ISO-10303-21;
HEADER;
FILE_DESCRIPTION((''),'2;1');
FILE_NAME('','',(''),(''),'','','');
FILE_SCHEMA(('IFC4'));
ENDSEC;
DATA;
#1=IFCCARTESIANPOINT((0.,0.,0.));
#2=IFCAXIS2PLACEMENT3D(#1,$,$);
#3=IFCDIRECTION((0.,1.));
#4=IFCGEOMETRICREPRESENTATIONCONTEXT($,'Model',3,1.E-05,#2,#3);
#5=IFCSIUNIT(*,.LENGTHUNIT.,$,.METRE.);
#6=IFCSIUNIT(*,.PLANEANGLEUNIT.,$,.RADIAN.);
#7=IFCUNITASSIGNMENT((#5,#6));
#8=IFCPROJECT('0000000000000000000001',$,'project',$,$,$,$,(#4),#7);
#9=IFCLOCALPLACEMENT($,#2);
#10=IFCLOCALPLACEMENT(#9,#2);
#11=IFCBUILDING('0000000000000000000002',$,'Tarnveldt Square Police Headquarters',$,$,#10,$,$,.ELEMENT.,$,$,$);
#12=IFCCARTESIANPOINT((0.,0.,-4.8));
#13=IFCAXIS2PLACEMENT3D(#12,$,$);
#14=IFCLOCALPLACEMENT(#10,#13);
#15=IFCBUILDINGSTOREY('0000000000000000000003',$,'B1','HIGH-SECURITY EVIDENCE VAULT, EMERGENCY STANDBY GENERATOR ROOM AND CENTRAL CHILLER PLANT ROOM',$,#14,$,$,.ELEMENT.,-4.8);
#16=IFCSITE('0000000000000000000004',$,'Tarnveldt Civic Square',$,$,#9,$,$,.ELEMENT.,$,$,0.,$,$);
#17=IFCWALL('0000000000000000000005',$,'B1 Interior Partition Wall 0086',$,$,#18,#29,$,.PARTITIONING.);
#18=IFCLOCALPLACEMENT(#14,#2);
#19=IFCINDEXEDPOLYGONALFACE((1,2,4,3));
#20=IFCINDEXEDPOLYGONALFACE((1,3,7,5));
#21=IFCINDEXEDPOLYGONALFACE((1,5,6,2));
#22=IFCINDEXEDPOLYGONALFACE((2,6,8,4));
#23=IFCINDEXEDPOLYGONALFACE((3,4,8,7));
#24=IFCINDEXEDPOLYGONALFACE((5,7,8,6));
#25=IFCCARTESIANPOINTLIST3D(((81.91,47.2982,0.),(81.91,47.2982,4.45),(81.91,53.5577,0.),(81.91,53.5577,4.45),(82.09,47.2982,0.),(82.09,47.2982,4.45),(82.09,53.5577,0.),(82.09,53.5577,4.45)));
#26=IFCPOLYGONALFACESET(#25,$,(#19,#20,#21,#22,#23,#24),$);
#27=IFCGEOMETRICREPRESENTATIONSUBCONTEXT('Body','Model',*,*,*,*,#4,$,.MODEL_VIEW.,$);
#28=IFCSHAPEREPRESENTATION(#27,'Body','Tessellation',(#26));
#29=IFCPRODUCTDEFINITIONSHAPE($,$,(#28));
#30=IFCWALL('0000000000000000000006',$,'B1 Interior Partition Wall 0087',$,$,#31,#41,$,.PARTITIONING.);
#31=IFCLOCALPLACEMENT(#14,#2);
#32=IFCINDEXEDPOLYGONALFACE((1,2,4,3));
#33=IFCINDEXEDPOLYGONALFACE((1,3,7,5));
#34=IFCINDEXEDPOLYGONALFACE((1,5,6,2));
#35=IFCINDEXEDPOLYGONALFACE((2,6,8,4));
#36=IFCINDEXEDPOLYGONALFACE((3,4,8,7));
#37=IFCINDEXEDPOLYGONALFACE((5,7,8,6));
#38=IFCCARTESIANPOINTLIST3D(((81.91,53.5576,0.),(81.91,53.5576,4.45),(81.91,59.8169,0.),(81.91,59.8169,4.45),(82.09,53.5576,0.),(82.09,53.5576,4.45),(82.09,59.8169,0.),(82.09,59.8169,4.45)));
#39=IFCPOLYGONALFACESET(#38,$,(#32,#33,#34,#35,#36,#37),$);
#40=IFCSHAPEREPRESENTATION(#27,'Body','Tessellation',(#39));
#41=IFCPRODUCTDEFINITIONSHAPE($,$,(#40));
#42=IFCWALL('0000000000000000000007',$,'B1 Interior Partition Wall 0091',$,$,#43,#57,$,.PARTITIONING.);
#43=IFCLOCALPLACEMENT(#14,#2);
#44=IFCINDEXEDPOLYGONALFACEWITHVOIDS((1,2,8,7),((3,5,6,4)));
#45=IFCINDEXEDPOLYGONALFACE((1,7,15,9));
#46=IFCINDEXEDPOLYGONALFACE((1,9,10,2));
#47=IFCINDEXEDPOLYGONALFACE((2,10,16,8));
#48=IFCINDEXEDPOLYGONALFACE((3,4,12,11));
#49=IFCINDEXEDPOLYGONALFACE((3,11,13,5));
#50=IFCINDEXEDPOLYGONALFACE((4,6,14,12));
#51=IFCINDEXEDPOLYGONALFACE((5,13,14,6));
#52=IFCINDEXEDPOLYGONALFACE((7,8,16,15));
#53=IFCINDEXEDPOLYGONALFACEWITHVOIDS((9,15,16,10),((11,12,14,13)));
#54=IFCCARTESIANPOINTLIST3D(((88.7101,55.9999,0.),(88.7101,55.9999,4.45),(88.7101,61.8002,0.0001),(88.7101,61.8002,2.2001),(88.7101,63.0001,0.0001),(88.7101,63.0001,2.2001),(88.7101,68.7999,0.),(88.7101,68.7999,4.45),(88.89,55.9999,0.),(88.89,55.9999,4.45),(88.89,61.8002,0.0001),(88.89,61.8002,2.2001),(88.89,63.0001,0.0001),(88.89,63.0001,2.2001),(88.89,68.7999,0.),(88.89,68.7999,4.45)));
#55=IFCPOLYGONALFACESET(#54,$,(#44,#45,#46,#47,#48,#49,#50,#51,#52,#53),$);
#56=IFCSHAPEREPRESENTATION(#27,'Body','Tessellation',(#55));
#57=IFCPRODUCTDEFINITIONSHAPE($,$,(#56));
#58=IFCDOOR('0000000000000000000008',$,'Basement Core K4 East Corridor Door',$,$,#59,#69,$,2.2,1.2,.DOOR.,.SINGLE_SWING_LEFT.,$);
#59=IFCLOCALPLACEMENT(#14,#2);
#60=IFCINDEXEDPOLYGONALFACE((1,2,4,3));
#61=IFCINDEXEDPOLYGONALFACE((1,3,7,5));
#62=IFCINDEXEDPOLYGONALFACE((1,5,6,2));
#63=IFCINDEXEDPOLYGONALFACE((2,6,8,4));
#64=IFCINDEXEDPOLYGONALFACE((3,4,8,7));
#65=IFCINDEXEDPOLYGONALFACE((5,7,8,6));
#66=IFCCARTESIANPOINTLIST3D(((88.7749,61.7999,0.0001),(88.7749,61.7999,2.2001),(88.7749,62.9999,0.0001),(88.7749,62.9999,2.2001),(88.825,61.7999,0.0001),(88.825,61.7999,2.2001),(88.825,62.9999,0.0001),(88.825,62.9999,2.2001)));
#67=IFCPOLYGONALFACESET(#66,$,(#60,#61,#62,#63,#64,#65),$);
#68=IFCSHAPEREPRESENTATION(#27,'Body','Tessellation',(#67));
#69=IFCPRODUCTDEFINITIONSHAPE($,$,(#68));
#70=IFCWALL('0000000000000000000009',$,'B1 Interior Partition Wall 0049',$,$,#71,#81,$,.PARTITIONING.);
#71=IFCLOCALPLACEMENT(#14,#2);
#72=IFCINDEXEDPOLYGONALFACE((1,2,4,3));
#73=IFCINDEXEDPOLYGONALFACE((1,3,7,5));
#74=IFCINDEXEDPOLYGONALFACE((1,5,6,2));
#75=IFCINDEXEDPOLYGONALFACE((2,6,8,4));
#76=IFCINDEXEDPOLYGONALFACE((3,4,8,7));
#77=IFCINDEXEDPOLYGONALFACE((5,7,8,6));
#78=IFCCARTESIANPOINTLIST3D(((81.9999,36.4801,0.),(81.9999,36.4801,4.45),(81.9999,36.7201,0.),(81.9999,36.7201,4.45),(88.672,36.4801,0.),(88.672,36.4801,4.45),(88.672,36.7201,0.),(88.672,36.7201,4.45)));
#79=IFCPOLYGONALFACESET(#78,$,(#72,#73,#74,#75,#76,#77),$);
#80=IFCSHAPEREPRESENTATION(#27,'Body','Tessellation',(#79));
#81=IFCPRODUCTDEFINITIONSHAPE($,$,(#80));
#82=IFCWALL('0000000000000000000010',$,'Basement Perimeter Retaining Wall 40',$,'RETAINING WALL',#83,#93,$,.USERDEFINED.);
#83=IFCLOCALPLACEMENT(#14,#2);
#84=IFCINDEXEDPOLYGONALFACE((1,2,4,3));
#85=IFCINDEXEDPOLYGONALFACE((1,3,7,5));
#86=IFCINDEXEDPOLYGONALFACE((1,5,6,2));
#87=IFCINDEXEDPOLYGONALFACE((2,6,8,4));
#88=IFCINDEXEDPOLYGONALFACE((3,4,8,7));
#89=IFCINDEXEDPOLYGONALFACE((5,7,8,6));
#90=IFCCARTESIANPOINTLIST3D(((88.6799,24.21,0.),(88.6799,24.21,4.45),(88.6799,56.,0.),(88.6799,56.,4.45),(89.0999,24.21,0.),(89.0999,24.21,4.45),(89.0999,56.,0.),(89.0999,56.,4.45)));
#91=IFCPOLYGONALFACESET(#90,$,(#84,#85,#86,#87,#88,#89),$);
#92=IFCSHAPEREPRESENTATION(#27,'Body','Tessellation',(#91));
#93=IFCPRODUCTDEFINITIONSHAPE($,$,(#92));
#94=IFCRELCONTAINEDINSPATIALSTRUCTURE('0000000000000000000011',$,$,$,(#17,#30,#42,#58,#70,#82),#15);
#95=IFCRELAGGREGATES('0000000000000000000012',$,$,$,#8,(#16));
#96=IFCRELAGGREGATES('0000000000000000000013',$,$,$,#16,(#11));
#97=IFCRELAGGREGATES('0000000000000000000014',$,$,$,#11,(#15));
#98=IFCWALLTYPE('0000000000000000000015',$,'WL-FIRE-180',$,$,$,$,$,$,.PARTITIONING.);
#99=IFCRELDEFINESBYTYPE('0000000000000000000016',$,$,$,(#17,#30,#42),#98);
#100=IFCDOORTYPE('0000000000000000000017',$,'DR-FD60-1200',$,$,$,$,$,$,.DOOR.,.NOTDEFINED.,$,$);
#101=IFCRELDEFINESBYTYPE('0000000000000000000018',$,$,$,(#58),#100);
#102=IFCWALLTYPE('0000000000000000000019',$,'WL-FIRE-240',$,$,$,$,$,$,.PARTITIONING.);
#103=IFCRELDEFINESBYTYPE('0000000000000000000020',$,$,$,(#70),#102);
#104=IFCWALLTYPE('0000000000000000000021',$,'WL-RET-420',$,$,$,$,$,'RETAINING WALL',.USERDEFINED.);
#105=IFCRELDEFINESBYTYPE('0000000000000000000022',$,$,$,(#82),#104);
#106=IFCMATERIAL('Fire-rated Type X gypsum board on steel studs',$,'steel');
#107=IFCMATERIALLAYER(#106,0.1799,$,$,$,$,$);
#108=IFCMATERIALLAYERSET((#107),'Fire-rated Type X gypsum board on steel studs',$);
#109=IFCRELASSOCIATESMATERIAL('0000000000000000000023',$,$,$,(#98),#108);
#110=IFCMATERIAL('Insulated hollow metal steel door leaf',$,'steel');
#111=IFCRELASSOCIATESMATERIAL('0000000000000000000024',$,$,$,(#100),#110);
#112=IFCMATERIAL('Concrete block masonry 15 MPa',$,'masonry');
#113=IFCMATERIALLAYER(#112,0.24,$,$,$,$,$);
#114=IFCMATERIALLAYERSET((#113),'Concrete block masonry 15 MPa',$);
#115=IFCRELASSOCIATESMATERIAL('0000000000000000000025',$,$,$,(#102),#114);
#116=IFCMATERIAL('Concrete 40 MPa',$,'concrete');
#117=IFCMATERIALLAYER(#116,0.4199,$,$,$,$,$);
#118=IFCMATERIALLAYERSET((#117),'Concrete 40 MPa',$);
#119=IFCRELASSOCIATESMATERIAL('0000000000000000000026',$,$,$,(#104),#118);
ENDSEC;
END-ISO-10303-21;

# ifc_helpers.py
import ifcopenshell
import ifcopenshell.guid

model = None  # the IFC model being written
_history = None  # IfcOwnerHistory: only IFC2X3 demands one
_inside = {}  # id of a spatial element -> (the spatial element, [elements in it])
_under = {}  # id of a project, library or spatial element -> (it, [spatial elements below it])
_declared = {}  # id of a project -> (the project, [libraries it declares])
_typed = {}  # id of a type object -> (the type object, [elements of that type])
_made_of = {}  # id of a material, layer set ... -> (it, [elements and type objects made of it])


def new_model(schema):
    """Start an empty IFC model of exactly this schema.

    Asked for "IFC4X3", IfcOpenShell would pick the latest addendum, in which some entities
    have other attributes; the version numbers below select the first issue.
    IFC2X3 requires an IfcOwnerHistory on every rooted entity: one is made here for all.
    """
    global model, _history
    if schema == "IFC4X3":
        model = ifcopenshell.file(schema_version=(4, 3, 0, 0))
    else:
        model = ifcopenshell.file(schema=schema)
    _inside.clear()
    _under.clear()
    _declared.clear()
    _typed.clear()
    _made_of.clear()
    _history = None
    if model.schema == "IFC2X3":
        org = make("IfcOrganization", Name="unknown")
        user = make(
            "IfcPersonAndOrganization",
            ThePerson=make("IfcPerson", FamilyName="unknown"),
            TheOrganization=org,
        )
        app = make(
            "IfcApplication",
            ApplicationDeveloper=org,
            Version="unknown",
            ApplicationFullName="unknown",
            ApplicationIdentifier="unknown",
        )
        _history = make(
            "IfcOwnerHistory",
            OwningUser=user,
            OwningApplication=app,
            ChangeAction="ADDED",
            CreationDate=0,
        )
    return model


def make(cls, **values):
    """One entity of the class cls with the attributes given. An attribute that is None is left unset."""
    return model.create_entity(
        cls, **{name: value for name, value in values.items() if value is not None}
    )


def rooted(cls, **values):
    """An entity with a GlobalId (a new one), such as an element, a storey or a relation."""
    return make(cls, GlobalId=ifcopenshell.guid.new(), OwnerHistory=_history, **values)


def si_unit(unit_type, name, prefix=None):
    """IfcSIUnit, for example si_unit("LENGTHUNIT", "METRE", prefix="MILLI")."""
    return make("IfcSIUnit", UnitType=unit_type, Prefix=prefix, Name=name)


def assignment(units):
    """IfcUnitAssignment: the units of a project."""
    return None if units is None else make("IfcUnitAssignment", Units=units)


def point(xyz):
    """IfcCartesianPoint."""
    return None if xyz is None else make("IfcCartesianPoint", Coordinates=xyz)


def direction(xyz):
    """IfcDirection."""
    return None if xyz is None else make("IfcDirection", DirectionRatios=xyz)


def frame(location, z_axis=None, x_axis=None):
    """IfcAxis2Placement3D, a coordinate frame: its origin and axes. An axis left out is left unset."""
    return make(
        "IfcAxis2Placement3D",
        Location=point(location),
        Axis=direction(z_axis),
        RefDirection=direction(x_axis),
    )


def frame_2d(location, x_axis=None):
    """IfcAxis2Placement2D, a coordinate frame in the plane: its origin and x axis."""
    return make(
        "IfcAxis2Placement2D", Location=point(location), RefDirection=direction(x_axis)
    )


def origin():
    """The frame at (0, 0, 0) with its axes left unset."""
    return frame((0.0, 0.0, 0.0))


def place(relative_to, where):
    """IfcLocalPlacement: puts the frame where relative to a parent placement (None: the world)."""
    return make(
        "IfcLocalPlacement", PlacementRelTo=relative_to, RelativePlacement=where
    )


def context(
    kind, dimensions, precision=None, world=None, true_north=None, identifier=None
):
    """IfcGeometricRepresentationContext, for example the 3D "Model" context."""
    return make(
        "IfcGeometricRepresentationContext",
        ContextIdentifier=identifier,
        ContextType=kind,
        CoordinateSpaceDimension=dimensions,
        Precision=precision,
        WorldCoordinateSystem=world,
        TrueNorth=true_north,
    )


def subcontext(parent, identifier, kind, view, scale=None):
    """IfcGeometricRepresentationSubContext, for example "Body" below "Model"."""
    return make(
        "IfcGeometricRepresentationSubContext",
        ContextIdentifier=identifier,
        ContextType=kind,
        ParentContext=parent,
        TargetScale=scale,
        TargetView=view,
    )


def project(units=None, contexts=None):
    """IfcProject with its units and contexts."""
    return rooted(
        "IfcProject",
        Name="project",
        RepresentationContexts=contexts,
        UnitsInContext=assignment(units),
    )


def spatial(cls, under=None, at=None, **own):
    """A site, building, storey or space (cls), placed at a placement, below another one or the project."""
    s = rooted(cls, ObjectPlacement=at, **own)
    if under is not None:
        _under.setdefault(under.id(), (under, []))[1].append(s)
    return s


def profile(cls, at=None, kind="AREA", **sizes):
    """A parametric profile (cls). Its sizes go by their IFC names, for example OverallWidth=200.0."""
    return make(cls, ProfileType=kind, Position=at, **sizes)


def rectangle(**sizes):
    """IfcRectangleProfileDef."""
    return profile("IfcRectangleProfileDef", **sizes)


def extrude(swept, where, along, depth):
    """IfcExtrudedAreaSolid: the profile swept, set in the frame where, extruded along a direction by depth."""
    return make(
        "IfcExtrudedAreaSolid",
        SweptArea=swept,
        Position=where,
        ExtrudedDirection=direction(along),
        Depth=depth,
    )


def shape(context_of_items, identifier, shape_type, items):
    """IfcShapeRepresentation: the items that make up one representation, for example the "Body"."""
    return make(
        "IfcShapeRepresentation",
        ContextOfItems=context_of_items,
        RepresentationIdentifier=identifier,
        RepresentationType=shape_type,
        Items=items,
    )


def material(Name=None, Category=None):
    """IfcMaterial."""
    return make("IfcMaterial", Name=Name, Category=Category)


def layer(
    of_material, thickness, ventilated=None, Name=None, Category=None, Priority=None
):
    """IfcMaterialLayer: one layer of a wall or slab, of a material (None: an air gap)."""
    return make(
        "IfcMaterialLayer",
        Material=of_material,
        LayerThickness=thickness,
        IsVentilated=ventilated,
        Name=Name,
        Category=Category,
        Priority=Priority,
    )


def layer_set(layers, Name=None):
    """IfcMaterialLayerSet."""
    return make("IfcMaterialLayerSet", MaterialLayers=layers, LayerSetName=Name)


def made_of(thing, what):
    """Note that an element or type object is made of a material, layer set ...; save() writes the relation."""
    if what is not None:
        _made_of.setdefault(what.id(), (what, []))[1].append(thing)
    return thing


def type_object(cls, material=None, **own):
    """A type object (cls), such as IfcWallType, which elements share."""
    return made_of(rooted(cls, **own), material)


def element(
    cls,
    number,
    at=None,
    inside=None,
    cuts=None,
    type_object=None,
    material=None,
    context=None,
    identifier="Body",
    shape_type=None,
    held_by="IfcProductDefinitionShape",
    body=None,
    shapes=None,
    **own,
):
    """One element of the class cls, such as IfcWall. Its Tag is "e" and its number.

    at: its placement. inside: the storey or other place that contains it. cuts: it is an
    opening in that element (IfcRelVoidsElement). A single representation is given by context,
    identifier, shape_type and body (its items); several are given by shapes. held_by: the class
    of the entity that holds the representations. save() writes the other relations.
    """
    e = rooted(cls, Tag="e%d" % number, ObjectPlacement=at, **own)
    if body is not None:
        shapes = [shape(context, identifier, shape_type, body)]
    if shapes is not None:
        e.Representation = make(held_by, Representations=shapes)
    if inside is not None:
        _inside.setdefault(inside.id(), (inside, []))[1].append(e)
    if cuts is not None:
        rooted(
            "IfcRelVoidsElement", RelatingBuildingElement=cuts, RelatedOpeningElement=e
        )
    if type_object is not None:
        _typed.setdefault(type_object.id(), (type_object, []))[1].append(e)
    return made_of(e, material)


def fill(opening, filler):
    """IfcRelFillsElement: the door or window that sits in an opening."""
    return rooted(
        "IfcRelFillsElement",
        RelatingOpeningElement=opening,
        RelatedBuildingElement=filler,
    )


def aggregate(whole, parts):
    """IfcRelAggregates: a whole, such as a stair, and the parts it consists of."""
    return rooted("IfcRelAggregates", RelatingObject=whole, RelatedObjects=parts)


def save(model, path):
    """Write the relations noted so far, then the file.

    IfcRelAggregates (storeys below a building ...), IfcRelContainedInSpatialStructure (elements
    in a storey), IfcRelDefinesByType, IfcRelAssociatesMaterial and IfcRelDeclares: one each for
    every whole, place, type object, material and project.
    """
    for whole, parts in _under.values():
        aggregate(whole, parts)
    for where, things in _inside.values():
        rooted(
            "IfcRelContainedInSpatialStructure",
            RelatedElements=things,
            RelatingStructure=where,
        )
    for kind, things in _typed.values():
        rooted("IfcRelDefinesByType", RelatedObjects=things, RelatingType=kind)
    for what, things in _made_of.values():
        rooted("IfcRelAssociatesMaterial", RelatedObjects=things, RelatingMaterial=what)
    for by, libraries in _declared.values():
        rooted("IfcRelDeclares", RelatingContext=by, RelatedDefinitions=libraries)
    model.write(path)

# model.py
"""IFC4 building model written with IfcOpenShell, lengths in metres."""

from ifc_helpers import new_model, si_unit, direction, frame, frame_2d, origin, place, context, subcontext, project, spatial, rectangle, extrude, material, layer, layer_set, type_object, element, fill, save


model = new_model("IFC4")

# Units and contexts
model_context = context("Model", 3, precision=1e-05, world=origin(), true_north=direction((0.0, 1.0)))
body_context = subcontext(model_context, "Body", "Model", "MODEL_VIEW")
ifc_project = project(units=[si_unit("LENGTHUNIT", "METRE"), si_unit("PLANEANGLEUNIT", "RADIAN")], contexts=[model_context])

# Site, building, storey
site_placement = place(None, origin())
site = spatial("IfcSite", under=ifc_project, at=site_placement, Name="Tarnveldt Civic Square", CompositionType="ELEMENT", RefElevation=0.0)
building_placement = place(site_placement, origin())
building = spatial("IfcBuilding", under=site, at=building_placement, Name="Tarnveldt Square Police Headquarters", CompositionType="ELEMENT")
storey_placement = place(building_placement, frame((0.0, 0.0, -4.8)))
storey = spatial("IfcBuildingStorey", under=building, at=storey_placement, Name="B1", Description="HIGH-SECURITY EVIDENCE VAULT, EMERGENCY STANDBY GENERATOR ROOM AND CENTRAL CHILLER PLANT ROOM", CompositionType="ELEMENT", Elevation=-4.8)

# Shared definitions
ifc_material_1 = material(Name="Concrete 40 MPa", Category="concrete")

# Walls
ifc_material_2 = material(Name="Fire-rated Type X gypsum board on steel studs", Category="steel")
ifc_layer_1 = layer(ifc_material_2, 0.1799)
ifc_layer_set_1 = layer_set([ifc_layer_1], Name="Fire-rated Type X gypsum board on steel studs")
wall_type_1 = type_object("IfcWallType", Name="WL-FIRE-180", PredefinedType="PARTITIONING", material=ifc_layer_set_1)
wall_1_placement = place(storey_placement, frame((82.0, 47.2981, 0.0), z_axis=(0.0, 0.0, 1.0), x_axis=(0.0, 1.0, 0.0)))
element("IfcWall", 1, at=wall_1_placement, inside=storey, type_object=wall_type_1, Name="B1 Interior Partition Wall 0086", PredefinedType="PARTITIONING", context=body_context, shape_type="SweptSolid", body=[
    extrude(rectangle(XDim=6.2595, YDim=0.1799, at=frame_2d((3.1299, 0.0))), origin(), (0.0, 0.0, 1.0), 4.45),
])
wall_2_placement = place(storey_placement, frame((82.0, 53.5576, 0.0), z_axis=(0.0, 0.0, 1.0), x_axis=(0.0, 1.0, 0.0)))
element("IfcWall", 2, at=wall_2_placement, inside=storey, type_object=wall_type_1, Name="B1 Interior Partition Wall 0087", PredefinedType="PARTITIONING", context=body_context, shape_type="SweptSolid", body=[
    extrude(rectangle(XDim=6.2593, YDim=0.1799, at=frame_2d((3.1296, 0.0))), origin(), (0.0, 0.0, 1.0), 4.45),
])

# Wall, opening, door
wall_3_placement = place(storey_placement, frame((88.8, 56.0, 0.0), z_axis=(0.0, 0.0, 1.0), x_axis=(0.0, 1.0, 0.0)))
wall_3 = element("IfcWall", 3, at=wall_3_placement, inside=storey, type_object=wall_type_1, Name="B1 Interior Partition Wall 0091", PredefinedType="PARTITIONING", context=body_context, shape_type="SweptSolid", body=[
    extrude(rectangle(XDim=12.8, YDim=0.1799, at=frame_2d((6.3999, 0.0))), origin(), (0.0, 0.0, 1.0), 4.45),
])
opening_placement = place(wall_3_placement, frame((5.8, 0.0, 0.0)))
opening = element("IfcOpeningElement", 4, at=opening_placement, cuts=wall_3, PredefinedType="OPENING", context=body_context, shape_type="SweptSolid", body=[
    extrude(rectangle(XDim=1.2, YDim=2.2, at=frame_2d((0.6001, 1.1001))), frame((0.0, 0.0999, 0.0), z_axis=(0.0, -1.0, 0.0), x_axis=(1.0, 0.0, 0.0)), (0.0, 0.0, 1.0), 0.2),
])
ifc_material_3 = material(Name="Insulated hollow metal steel door leaf", Category="steel")
door_type = type_object("IfcDoorType", Name="DR-FD60-1200", OperationType="NOTDEFINED", PredefinedType="DOOR", material=ifc_material_3)
door_placement = place(opening_placement, frame((1.2, 0.0, 0.0), z_axis=(0.0, 0.0, 1.0), x_axis=(-1.0, 0.0, 0.0)))
door = element("IfcDoor", 5, at=door_placement, inside=storey, type_object=door_type, Name="Basement Core K4 East Corridor Door", OperationType="SINGLE_SWING_LEFT", OverallHeight=2.2, OverallWidth=1.2, PredefinedType="DOOR", context=body_context, shape_type="SweptSolid", body=[
    extrude(rectangle(XDim=1.2, YDim=2.2, at=frame_2d((0.6001, 1.1001))), frame((0.0, 0.0249, 0.0), z_axis=(0.0, -1.0, 0.0), x_axis=(1.0, 0.0, 0.0)), (0.0, 0.0, 1.0), 0.05),
])
fill(opening, door)

# Walls
ifc_material_4 = material(Name="Concrete block masonry 15 MPa", Category="masonry")
ifc_layer_2 = layer(ifc_material_4, 0.24)
ifc_layer_set_2 = layer_set([ifc_layer_2], Name="Concrete block masonry 15 MPa")
wall_type_2 = type_object("IfcWallType", Name="WL-FIRE-240", PredefinedType="PARTITIONING", material=ifc_layer_set_2)
wall_4_placement = place(storey_placement, frame((82.0, 36.6001, 0.0), z_axis=(0.0, 0.0, 1.0), x_axis=(1.0, 0.0, 0.0)))
element("IfcWall", 6, at=wall_4_placement, inside=storey, type_object=wall_type_2, Name="B1 Interior Partition Wall 0049", PredefinedType="PARTITIONING", context=body_context, shape_type="SweptSolid", body=[
    extrude(rectangle(XDim=6.6721, YDim=0.24, at=frame_2d((3.3359, 0.0))), origin(), (0.0, 0.0, 1.0), 4.45),
])
ifc_layer_3 = layer(ifc_material_1, 0.4199)
ifc_layer_set_3 = layer_set([ifc_layer_3], Name="Concrete 40 MPa")
wall_type_3 = type_object("IfcWallType", Name="WL-RET-420", ElementType="RETAINING WALL", PredefinedType="USERDEFINED", material=ifc_layer_set_3)
wall_5_placement = place(storey_placement, frame((88.8899, 56.0, 0.0), z_axis=(0.0, 0.0, 1.0), x_axis=(0.0, -1.0, 0.0)))
element("IfcWall", 7, at=wall_5_placement, inside=storey, type_object=wall_type_3, Name="Basement Perimeter Retaining Wall 40", ObjectType="RETAINING WALL", PredefinedType="USERDEFINED", context=body_context, shape_type="SweptSolid", body=[
    extrude(rectangle(XDim=31.79, YDim=0.4199, at=frame_2d((15.895, 0.0))), origin(), (0.0, 0.0, 1.0), 4.45),
])

save(model, "model.ifc")
